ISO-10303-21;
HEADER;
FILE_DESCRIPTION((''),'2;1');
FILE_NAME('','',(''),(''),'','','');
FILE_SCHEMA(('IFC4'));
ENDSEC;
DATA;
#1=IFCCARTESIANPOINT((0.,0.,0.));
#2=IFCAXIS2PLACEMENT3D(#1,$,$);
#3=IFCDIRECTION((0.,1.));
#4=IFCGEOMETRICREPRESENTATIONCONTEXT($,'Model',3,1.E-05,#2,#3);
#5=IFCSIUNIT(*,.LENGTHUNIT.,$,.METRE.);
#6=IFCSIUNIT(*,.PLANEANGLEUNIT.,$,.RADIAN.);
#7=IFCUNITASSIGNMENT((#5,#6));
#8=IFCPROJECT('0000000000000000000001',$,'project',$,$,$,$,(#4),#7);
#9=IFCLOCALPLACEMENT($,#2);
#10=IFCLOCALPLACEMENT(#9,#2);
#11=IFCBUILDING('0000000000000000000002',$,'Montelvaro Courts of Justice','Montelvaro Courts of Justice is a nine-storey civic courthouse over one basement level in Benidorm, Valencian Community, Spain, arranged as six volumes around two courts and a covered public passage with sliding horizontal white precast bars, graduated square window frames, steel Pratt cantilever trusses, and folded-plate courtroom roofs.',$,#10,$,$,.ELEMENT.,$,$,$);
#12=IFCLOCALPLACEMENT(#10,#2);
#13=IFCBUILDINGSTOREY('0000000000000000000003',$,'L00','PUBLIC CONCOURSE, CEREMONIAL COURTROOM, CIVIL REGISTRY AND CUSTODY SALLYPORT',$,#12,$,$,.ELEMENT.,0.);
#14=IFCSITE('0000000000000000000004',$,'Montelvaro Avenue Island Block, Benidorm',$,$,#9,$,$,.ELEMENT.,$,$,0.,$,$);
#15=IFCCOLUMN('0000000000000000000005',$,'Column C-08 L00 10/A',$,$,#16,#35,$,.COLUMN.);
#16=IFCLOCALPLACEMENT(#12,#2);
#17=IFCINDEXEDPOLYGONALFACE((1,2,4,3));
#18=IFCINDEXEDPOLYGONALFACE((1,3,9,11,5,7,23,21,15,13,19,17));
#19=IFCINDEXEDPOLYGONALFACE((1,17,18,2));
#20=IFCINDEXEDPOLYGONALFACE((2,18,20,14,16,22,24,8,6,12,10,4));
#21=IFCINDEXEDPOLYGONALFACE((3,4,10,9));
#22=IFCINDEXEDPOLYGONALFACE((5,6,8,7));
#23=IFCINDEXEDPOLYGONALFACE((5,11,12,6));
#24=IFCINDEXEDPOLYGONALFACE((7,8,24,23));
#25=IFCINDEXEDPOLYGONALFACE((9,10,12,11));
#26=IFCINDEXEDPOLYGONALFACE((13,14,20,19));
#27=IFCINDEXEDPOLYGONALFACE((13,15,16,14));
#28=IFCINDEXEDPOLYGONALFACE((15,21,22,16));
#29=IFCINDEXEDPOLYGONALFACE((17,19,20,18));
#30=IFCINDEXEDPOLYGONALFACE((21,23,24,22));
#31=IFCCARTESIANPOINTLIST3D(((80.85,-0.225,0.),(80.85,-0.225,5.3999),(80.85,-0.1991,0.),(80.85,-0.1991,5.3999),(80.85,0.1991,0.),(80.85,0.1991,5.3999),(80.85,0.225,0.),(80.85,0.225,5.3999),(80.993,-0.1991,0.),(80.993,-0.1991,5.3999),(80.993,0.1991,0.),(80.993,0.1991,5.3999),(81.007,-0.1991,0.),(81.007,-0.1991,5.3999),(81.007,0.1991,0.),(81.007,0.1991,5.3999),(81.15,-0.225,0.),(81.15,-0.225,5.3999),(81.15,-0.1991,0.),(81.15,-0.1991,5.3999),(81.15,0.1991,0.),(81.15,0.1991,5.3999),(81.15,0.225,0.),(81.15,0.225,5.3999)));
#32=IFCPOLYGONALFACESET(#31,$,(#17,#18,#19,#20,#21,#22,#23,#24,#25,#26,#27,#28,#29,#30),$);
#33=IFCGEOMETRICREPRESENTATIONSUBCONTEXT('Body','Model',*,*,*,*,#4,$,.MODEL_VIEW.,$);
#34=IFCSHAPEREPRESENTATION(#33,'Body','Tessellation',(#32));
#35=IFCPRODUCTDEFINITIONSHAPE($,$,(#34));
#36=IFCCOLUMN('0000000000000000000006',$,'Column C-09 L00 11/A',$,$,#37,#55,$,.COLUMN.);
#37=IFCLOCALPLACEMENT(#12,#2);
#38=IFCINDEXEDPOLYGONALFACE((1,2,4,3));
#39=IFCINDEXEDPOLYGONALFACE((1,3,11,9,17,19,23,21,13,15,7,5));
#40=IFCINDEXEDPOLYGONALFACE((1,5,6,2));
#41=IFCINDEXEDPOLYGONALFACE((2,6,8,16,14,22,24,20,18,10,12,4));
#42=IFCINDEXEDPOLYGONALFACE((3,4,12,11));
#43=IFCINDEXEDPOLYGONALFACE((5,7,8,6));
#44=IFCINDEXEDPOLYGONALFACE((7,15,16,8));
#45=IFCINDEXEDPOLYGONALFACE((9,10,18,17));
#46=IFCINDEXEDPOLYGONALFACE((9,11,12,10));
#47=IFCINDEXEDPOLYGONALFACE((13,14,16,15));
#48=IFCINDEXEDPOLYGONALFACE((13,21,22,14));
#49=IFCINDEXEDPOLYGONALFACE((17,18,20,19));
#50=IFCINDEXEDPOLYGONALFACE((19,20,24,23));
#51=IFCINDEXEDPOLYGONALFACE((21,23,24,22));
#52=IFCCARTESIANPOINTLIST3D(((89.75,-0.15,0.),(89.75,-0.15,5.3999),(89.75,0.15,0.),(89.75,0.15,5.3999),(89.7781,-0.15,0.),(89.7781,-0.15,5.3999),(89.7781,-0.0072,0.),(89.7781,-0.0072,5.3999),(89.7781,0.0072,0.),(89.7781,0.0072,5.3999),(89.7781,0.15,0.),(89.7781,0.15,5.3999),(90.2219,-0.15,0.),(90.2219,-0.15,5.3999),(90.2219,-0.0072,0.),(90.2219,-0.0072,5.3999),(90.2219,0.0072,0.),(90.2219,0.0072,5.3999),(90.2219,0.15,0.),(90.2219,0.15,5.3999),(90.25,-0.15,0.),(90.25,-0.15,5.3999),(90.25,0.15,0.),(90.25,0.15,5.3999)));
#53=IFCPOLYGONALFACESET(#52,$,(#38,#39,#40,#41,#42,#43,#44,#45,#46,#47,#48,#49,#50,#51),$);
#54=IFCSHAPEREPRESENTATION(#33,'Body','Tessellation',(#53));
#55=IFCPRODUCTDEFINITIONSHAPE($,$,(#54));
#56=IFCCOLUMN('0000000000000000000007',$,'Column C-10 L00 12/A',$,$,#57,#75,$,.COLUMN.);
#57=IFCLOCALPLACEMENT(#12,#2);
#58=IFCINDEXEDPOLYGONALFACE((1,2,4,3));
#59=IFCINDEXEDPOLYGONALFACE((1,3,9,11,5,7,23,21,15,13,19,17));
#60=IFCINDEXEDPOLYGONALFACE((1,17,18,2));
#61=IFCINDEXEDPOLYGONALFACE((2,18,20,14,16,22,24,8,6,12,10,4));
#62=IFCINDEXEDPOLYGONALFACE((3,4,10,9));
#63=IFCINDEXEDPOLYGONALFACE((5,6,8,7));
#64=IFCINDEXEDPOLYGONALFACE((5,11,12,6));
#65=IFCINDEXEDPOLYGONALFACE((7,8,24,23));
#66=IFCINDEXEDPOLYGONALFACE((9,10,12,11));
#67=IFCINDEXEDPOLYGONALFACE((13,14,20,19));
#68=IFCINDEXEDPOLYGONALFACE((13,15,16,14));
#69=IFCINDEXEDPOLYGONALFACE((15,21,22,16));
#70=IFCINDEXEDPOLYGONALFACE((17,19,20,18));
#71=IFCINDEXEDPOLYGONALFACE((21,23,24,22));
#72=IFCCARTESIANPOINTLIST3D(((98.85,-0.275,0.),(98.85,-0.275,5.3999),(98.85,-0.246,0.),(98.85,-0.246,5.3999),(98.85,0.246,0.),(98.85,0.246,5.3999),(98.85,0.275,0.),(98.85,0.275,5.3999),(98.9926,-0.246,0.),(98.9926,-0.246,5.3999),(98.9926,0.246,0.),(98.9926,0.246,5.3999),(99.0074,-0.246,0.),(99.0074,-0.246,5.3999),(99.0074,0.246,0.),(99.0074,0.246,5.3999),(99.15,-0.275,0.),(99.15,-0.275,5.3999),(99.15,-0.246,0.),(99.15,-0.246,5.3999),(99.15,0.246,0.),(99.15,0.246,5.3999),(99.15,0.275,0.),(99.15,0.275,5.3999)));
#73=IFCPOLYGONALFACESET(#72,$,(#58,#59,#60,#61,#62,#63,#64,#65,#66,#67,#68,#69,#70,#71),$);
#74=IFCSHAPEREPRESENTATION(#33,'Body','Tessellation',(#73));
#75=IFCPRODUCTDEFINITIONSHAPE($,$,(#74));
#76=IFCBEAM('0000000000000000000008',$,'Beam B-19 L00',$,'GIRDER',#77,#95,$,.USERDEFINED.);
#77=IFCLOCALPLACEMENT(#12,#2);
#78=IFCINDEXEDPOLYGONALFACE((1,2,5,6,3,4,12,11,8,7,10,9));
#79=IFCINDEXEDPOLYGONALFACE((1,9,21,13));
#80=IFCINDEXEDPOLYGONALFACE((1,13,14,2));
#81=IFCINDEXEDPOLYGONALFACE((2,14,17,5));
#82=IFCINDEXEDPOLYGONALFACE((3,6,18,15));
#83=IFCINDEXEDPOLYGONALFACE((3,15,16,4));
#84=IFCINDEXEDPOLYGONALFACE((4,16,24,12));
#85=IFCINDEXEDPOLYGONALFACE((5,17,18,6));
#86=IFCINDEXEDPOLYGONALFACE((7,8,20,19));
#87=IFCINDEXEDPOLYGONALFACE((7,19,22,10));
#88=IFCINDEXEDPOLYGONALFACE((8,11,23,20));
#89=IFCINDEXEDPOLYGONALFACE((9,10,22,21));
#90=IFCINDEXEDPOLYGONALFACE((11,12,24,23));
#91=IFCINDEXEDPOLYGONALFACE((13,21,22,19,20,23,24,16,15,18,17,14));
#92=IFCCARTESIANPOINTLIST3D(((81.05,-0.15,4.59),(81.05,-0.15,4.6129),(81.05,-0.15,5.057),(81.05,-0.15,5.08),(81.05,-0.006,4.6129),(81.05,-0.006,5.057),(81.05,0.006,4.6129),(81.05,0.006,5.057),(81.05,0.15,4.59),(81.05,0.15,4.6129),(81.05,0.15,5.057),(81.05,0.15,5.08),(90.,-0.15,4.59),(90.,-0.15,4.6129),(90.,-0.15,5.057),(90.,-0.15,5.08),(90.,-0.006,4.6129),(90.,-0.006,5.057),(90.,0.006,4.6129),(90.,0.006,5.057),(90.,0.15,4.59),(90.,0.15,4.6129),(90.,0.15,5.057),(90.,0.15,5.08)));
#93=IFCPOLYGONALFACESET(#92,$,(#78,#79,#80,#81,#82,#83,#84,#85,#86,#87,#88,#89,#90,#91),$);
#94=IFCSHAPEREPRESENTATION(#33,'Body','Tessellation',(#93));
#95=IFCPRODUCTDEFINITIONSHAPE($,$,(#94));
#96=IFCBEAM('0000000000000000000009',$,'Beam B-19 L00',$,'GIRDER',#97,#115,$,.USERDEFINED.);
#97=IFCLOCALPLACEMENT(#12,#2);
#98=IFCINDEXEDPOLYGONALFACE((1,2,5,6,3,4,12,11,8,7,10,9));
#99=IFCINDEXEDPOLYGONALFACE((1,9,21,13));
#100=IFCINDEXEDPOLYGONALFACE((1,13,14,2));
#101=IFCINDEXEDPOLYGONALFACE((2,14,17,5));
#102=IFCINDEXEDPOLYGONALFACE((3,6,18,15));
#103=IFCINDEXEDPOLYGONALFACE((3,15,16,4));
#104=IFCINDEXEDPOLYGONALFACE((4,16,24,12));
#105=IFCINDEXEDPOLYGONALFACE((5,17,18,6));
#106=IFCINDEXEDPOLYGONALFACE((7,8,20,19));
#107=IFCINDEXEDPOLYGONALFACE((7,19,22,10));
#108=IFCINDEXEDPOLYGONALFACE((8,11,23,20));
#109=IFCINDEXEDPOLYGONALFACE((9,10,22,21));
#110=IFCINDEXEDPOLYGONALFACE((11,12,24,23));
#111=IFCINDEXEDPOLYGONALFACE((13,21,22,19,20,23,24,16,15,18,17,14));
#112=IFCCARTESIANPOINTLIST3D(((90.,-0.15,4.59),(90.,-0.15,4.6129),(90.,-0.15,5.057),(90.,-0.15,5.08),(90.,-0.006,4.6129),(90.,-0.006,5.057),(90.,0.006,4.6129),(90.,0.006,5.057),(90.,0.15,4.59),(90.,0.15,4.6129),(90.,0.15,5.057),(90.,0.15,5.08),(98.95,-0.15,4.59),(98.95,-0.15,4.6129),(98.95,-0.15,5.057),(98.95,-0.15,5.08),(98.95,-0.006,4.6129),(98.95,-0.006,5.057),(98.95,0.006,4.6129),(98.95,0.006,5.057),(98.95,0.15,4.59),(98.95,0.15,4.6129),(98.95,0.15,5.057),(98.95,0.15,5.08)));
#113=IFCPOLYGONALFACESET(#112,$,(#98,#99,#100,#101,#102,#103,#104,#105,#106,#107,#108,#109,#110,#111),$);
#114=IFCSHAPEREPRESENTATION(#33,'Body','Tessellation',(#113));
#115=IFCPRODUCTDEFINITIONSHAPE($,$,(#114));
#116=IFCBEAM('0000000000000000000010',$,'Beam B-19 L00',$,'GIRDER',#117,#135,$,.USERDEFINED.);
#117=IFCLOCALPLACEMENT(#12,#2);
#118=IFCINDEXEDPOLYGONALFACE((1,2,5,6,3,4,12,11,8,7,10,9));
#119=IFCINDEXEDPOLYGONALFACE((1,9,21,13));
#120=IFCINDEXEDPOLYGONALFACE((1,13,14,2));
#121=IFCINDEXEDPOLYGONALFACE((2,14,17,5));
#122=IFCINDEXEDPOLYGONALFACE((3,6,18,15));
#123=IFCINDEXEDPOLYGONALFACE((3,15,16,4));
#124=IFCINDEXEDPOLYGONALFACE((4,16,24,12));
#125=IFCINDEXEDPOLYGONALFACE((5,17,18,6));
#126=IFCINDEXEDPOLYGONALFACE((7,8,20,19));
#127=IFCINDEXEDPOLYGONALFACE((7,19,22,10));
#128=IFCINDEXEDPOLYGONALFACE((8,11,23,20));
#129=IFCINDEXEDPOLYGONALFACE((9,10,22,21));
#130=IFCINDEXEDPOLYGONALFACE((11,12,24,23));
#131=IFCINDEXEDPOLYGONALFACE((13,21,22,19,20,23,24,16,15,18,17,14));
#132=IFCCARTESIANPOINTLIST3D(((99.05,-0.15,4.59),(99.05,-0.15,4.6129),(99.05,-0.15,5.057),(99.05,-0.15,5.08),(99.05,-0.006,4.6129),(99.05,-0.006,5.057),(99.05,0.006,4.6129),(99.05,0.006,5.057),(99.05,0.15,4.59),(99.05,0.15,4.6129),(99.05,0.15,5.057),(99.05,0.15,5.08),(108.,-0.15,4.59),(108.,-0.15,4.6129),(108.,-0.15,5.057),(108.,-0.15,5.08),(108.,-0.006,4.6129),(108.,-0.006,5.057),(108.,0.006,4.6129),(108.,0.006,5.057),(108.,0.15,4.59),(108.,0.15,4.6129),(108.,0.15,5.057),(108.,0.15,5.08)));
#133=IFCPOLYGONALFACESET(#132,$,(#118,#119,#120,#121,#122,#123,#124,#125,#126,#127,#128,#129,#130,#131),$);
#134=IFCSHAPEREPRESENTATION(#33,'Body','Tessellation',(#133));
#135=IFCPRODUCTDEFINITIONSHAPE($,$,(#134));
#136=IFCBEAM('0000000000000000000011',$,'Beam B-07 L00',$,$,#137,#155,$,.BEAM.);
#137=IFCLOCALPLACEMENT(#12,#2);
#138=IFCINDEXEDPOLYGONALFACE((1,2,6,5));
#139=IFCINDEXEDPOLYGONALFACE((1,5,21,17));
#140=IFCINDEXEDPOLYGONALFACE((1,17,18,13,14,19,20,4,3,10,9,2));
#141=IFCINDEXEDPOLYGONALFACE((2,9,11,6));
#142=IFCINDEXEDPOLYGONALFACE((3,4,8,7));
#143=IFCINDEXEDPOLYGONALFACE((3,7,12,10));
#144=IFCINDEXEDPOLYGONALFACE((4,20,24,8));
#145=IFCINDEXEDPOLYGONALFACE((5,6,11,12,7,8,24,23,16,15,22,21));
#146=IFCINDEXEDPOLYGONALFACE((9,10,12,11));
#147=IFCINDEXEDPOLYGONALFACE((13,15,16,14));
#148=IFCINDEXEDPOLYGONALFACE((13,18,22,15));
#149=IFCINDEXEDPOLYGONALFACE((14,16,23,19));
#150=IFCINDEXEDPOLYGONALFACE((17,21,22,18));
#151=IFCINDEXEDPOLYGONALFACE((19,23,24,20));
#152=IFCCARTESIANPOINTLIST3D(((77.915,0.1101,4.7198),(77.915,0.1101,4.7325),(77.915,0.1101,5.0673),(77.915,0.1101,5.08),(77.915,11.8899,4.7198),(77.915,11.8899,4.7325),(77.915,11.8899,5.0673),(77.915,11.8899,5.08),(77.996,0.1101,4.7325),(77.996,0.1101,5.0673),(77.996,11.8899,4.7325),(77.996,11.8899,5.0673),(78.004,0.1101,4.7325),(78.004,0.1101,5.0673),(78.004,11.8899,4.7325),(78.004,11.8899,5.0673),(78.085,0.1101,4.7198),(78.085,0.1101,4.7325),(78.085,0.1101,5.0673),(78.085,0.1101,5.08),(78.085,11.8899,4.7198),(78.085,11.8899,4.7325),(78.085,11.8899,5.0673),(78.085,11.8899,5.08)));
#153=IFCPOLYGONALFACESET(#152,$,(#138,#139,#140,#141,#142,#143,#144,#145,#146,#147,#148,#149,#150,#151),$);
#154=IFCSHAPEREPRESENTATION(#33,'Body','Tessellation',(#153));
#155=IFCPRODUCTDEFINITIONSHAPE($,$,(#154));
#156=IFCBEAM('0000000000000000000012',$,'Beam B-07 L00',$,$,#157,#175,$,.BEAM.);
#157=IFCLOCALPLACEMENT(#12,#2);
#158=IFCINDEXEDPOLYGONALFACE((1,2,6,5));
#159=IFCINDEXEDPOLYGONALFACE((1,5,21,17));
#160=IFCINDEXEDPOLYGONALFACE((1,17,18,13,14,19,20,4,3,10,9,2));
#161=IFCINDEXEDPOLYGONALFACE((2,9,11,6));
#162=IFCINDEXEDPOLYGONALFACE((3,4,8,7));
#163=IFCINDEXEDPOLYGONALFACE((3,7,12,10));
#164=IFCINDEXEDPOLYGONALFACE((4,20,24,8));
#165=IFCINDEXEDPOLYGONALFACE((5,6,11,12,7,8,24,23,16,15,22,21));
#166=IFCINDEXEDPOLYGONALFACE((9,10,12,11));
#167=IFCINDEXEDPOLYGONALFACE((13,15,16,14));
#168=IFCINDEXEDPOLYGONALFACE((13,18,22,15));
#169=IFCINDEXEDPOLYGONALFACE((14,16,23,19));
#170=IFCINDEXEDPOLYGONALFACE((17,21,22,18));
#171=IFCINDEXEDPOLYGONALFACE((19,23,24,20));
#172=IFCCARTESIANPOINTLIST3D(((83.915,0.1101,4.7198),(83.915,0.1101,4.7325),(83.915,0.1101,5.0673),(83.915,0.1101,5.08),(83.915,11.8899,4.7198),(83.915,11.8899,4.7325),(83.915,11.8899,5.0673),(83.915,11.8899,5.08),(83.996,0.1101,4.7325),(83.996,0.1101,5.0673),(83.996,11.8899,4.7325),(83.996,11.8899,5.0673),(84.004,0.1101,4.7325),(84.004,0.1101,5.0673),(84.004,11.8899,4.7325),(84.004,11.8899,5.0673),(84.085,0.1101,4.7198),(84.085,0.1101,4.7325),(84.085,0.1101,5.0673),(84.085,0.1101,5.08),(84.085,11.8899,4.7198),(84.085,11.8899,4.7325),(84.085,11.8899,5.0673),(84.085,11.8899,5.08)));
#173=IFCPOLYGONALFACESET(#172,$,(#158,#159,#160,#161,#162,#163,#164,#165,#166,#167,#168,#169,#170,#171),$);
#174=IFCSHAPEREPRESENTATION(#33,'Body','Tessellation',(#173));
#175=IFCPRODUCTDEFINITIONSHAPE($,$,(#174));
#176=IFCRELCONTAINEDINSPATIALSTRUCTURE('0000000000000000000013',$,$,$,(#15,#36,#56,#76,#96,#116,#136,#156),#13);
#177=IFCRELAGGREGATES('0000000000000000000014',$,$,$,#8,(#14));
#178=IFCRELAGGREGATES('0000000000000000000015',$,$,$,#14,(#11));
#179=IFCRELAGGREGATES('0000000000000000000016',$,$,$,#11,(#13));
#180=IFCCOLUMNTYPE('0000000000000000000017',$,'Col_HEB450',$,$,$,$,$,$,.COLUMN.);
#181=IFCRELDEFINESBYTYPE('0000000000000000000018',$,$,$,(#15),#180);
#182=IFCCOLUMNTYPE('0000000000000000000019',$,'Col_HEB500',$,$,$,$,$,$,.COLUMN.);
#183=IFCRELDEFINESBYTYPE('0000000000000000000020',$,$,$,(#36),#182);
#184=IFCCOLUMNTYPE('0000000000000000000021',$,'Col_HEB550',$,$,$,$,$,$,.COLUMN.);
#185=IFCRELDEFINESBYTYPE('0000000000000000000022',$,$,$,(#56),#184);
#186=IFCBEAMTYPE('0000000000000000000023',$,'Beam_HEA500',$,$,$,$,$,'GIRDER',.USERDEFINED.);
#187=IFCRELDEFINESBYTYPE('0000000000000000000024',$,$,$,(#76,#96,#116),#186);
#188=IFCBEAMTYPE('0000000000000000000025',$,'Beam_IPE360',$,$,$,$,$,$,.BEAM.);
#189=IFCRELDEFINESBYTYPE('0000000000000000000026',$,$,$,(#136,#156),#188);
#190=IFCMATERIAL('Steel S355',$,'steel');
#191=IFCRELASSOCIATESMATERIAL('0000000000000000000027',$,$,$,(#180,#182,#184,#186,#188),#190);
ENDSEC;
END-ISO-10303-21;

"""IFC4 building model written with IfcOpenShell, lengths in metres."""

from ifc_helpers import new_model, si_unit, direction, frame, origin, origin_2d, place, context, subcontext, project, spatial, i_section, extrude, material, material_profile, profile_set, type_object, element, save


model = new_model("IFC4")

# Units and contexts
model_context = context("Model", 3, precision=1e-05, world=origin(), true_north=direction((0.0, 1.0)))
body_context = subcontext(model_context, "Body", "Model", "MODEL_VIEW")
ifc_project = project(units=[si_unit("LENGTHUNIT", "METRE"), si_unit("PLANEANGLEUNIT", "RADIAN")], contexts=[model_context])

# Site, building, storey
site_placement = place(None, origin())
site = spatial("IfcSite", under=ifc_project, at=site_placement, Name="Montelvaro Avenue Island Block, Benidorm", CompositionType="ELEMENT", RefElevation=0.0)
building_placement = place(site_placement, origin())
building = spatial("IfcBuilding", under=site, at=building_placement, Name="Montelvaro Courts of Justice", Description="Montelvaro Courts of Justice is a nine-storey civic courthouse over one basement level in Benidorm, Valencian Community, Spain, arranged as six volumes around two courts and a covered public passage with sliding horizontal white precast bars, graduated square window frames, steel Pratt cantilever trusses, and folded-plate courtroom roofs.", CompositionType="ELEMENT")
storey_placement = place(building_placement, origin())
storey = spatial("IfcBuildingStorey", under=building, at=storey_placement, Name="L00", Description="PUBLIC CONCOURSE, CEREMONIAL COURTROOM, CIVIL REGISTRY AND CUSTODY SALLYPORT", CompositionType="ELEMENT", Elevation=0.0)

# Columns
ifc_material_1 = material(Name="Steel S355", Category="steel")
ifc_material_profile_1 = material_profile(ifc_material_1, i_section(OverallWidth=0.3, OverallDepth=0.45, WebThickness=0.0139, FlangeThickness=0.0259, at=origin_2d()), Name="HEB 450")
ifc_profile_set_1 = profile_set([ifc_material_profile_1], Name="Steel S355")
column_type_1 = type_object("IfcColumnType", Name="Col_HEB450", PredefinedType="COLUMN", material=ifc_profile_set_1)
column_1_placement = place(storey_placement, frame((81.0, 0.0, 0.0), z_axis=(0.0, 0.0, 1.0), x_axis=(1.0, 0.0, 0.0)))
element("IfcColumn", 1, at=column_1_placement, inside=storey, type_object=column_type_1, Name="Column C-08 L00 10/A", PredefinedType="COLUMN", context=body_context, shape_type="SweptSolid", body=[
    extrude(i_section(OverallWidth=0.3, OverallDepth=0.45, WebThickness=0.0139, FlangeThickness=0.0259, at=origin_2d()), origin(), (0.0, 0.0, 1.0), 5.3999),
])
ifc_material_profile_2 = material_profile(ifc_material_1, i_section(OverallWidth=0.3, OverallDepth=0.5, WebThickness=0.0144, FlangeThickness=0.0281, at=origin_2d()), Name="HEB 500")
ifc_profile_set_2 = profile_set([ifc_material_profile_2], Name="Steel S355")
column_type_2 = type_object("IfcColumnType", Name="Col_HEB500", PredefinedType="COLUMN", material=ifc_profile_set_2)
column_2_placement = place(storey_placement, frame((90.0, 0.0, 0.0), z_axis=(0.0, 0.0, 1.0), x_axis=(0.0, 1.0, 0.0)))
element("IfcColumn", 2, at=column_2_placement, inside=storey, type_object=column_type_2, Name="Column C-09 L00 11/A", PredefinedType="COLUMN", context=body_context, shape_type="SweptSolid", body=[
    extrude(i_section(OverallWidth=0.3, OverallDepth=0.5, WebThickness=0.0144, FlangeThickness=0.0281, at=origin_2d()), origin(), (0.0, 0.0, 1.0), 5.3999),
])
ifc_material_profile_3 = material_profile(ifc_material_1, i_section(OverallWidth=0.3, OverallDepth=0.55, WebThickness=0.0149, FlangeThickness=0.0291, at=origin_2d()), Name="HEB 550")
ifc_profile_set_3 = profile_set([ifc_material_profile_3], Name="Steel S355")
column_type_3 = type_object("IfcColumnType", Name="Col_HEB550", PredefinedType="COLUMN", material=ifc_profile_set_3)
column_3_placement = place(storey_placement, frame((99.0, 0.0, 0.0), z_axis=(0.0, 0.0, 1.0), x_axis=(1.0, 0.0, 0.0)))
element("IfcColumn", 3, at=column_3_placement, inside=storey, type_object=column_type_3, Name="Column C-10 L00 12/A", PredefinedType="COLUMN", context=body_context, shape_type="SweptSolid", body=[
    extrude(i_section(OverallWidth=0.3, OverallDepth=0.55, WebThickness=0.0149, FlangeThickness=0.0291, at=origin_2d()), origin(), (0.0, 0.0, 1.0), 5.3999),
])

# Beams
ifc_material_profile_4 = material_profile(ifc_material_1, i_section(OverallWidth=0.3, OverallDepth=0.49, WebThickness=0.012, FlangeThickness=0.0229, at=origin_2d()), Name="HEA 500")
ifc_profile_set_4 = profile_set([ifc_material_profile_4], Name="Steel S355")
beam_type_1 = type_object("IfcBeamType", Name="Beam_HEA500", ElementType="GIRDER", PredefinedType="USERDEFINED", material=ifc_profile_set_4)
for number, where, z_axis, x_axis, name in (
    (4, (81.05, 0.0, 4.835), (1.0, 0.0, 0.0), (0.0, 1.0, 0.0), "Beam B-19 L00"),
    (5, (90.0, 0.0, 4.835), (1.0, 0.0, 0.0), (0.0, 1.0, 0.0), "Beam B-19 L00"),
    (6, (99.05, 0.0, 4.835), (1.0, 0.0, 0.0), (0.0, 1.0, 0.0), "Beam B-19 L00"),
):
    element("IfcBeam", number, at=place(storey_placement, frame(where, z_axis=z_axis, x_axis=x_axis)), inside=storey, type_object=beam_type_1, Name=name, ObjectType="GIRDER", PredefinedType="USERDEFINED", context=body_context, shape_type="SweptSolid", body=[
        extrude(i_section(OverallWidth=0.3, OverallDepth=0.49, WebThickness=0.012, FlangeThickness=0.0229, at=origin_2d()), origin(), (0.0, 0.0, 1.0), 8.95),
    ])
ifc_material_profile_5 = material_profile(ifc_material_1, i_section(OverallWidth=0.1699, OverallDepth=0.3601, WebThickness=0.0081, FlangeThickness=0.0127, at=origin_2d()), Name="IPE 360")
ifc_profile_set_5 = profile_set([ifc_material_profile_5], Name="Steel S355")
beam_type_2 = type_object("IfcBeamType", Name="Beam_IPE360", PredefinedType="BEAM", material=ifc_profile_set_5)
for number, where, z_axis, x_axis, name in (
    (7, (78.0, 0.1101, 4.8999), (0.0, 1.0, 0.0), (-1.0, 0.0, 0.0), "Beam B-07 L00"),
    (8, (84.0, 0.1101, 4.8999), (0.0, 1.0, 0.0), (-1.0, 0.0, 0.0), "Beam B-07 L00"),
):
    element("IfcBeam", number, at=place(storey_placement, frame(where, z_axis=z_axis, x_axis=x_axis)), inside=storey, type_object=beam_type_2, Name=name, PredefinedType="BEAM", context=body_context, shape_type="SweptSolid", body=[
        extrude(i_section(OverallWidth=0.1699, OverallDepth=0.3601, WebThickness=0.0081, FlangeThickness=0.0127, at=origin_2d()), origin(), (0.0, 0.0, 1.0), 11.7798),
    ])

save(model, "model.ifc")
